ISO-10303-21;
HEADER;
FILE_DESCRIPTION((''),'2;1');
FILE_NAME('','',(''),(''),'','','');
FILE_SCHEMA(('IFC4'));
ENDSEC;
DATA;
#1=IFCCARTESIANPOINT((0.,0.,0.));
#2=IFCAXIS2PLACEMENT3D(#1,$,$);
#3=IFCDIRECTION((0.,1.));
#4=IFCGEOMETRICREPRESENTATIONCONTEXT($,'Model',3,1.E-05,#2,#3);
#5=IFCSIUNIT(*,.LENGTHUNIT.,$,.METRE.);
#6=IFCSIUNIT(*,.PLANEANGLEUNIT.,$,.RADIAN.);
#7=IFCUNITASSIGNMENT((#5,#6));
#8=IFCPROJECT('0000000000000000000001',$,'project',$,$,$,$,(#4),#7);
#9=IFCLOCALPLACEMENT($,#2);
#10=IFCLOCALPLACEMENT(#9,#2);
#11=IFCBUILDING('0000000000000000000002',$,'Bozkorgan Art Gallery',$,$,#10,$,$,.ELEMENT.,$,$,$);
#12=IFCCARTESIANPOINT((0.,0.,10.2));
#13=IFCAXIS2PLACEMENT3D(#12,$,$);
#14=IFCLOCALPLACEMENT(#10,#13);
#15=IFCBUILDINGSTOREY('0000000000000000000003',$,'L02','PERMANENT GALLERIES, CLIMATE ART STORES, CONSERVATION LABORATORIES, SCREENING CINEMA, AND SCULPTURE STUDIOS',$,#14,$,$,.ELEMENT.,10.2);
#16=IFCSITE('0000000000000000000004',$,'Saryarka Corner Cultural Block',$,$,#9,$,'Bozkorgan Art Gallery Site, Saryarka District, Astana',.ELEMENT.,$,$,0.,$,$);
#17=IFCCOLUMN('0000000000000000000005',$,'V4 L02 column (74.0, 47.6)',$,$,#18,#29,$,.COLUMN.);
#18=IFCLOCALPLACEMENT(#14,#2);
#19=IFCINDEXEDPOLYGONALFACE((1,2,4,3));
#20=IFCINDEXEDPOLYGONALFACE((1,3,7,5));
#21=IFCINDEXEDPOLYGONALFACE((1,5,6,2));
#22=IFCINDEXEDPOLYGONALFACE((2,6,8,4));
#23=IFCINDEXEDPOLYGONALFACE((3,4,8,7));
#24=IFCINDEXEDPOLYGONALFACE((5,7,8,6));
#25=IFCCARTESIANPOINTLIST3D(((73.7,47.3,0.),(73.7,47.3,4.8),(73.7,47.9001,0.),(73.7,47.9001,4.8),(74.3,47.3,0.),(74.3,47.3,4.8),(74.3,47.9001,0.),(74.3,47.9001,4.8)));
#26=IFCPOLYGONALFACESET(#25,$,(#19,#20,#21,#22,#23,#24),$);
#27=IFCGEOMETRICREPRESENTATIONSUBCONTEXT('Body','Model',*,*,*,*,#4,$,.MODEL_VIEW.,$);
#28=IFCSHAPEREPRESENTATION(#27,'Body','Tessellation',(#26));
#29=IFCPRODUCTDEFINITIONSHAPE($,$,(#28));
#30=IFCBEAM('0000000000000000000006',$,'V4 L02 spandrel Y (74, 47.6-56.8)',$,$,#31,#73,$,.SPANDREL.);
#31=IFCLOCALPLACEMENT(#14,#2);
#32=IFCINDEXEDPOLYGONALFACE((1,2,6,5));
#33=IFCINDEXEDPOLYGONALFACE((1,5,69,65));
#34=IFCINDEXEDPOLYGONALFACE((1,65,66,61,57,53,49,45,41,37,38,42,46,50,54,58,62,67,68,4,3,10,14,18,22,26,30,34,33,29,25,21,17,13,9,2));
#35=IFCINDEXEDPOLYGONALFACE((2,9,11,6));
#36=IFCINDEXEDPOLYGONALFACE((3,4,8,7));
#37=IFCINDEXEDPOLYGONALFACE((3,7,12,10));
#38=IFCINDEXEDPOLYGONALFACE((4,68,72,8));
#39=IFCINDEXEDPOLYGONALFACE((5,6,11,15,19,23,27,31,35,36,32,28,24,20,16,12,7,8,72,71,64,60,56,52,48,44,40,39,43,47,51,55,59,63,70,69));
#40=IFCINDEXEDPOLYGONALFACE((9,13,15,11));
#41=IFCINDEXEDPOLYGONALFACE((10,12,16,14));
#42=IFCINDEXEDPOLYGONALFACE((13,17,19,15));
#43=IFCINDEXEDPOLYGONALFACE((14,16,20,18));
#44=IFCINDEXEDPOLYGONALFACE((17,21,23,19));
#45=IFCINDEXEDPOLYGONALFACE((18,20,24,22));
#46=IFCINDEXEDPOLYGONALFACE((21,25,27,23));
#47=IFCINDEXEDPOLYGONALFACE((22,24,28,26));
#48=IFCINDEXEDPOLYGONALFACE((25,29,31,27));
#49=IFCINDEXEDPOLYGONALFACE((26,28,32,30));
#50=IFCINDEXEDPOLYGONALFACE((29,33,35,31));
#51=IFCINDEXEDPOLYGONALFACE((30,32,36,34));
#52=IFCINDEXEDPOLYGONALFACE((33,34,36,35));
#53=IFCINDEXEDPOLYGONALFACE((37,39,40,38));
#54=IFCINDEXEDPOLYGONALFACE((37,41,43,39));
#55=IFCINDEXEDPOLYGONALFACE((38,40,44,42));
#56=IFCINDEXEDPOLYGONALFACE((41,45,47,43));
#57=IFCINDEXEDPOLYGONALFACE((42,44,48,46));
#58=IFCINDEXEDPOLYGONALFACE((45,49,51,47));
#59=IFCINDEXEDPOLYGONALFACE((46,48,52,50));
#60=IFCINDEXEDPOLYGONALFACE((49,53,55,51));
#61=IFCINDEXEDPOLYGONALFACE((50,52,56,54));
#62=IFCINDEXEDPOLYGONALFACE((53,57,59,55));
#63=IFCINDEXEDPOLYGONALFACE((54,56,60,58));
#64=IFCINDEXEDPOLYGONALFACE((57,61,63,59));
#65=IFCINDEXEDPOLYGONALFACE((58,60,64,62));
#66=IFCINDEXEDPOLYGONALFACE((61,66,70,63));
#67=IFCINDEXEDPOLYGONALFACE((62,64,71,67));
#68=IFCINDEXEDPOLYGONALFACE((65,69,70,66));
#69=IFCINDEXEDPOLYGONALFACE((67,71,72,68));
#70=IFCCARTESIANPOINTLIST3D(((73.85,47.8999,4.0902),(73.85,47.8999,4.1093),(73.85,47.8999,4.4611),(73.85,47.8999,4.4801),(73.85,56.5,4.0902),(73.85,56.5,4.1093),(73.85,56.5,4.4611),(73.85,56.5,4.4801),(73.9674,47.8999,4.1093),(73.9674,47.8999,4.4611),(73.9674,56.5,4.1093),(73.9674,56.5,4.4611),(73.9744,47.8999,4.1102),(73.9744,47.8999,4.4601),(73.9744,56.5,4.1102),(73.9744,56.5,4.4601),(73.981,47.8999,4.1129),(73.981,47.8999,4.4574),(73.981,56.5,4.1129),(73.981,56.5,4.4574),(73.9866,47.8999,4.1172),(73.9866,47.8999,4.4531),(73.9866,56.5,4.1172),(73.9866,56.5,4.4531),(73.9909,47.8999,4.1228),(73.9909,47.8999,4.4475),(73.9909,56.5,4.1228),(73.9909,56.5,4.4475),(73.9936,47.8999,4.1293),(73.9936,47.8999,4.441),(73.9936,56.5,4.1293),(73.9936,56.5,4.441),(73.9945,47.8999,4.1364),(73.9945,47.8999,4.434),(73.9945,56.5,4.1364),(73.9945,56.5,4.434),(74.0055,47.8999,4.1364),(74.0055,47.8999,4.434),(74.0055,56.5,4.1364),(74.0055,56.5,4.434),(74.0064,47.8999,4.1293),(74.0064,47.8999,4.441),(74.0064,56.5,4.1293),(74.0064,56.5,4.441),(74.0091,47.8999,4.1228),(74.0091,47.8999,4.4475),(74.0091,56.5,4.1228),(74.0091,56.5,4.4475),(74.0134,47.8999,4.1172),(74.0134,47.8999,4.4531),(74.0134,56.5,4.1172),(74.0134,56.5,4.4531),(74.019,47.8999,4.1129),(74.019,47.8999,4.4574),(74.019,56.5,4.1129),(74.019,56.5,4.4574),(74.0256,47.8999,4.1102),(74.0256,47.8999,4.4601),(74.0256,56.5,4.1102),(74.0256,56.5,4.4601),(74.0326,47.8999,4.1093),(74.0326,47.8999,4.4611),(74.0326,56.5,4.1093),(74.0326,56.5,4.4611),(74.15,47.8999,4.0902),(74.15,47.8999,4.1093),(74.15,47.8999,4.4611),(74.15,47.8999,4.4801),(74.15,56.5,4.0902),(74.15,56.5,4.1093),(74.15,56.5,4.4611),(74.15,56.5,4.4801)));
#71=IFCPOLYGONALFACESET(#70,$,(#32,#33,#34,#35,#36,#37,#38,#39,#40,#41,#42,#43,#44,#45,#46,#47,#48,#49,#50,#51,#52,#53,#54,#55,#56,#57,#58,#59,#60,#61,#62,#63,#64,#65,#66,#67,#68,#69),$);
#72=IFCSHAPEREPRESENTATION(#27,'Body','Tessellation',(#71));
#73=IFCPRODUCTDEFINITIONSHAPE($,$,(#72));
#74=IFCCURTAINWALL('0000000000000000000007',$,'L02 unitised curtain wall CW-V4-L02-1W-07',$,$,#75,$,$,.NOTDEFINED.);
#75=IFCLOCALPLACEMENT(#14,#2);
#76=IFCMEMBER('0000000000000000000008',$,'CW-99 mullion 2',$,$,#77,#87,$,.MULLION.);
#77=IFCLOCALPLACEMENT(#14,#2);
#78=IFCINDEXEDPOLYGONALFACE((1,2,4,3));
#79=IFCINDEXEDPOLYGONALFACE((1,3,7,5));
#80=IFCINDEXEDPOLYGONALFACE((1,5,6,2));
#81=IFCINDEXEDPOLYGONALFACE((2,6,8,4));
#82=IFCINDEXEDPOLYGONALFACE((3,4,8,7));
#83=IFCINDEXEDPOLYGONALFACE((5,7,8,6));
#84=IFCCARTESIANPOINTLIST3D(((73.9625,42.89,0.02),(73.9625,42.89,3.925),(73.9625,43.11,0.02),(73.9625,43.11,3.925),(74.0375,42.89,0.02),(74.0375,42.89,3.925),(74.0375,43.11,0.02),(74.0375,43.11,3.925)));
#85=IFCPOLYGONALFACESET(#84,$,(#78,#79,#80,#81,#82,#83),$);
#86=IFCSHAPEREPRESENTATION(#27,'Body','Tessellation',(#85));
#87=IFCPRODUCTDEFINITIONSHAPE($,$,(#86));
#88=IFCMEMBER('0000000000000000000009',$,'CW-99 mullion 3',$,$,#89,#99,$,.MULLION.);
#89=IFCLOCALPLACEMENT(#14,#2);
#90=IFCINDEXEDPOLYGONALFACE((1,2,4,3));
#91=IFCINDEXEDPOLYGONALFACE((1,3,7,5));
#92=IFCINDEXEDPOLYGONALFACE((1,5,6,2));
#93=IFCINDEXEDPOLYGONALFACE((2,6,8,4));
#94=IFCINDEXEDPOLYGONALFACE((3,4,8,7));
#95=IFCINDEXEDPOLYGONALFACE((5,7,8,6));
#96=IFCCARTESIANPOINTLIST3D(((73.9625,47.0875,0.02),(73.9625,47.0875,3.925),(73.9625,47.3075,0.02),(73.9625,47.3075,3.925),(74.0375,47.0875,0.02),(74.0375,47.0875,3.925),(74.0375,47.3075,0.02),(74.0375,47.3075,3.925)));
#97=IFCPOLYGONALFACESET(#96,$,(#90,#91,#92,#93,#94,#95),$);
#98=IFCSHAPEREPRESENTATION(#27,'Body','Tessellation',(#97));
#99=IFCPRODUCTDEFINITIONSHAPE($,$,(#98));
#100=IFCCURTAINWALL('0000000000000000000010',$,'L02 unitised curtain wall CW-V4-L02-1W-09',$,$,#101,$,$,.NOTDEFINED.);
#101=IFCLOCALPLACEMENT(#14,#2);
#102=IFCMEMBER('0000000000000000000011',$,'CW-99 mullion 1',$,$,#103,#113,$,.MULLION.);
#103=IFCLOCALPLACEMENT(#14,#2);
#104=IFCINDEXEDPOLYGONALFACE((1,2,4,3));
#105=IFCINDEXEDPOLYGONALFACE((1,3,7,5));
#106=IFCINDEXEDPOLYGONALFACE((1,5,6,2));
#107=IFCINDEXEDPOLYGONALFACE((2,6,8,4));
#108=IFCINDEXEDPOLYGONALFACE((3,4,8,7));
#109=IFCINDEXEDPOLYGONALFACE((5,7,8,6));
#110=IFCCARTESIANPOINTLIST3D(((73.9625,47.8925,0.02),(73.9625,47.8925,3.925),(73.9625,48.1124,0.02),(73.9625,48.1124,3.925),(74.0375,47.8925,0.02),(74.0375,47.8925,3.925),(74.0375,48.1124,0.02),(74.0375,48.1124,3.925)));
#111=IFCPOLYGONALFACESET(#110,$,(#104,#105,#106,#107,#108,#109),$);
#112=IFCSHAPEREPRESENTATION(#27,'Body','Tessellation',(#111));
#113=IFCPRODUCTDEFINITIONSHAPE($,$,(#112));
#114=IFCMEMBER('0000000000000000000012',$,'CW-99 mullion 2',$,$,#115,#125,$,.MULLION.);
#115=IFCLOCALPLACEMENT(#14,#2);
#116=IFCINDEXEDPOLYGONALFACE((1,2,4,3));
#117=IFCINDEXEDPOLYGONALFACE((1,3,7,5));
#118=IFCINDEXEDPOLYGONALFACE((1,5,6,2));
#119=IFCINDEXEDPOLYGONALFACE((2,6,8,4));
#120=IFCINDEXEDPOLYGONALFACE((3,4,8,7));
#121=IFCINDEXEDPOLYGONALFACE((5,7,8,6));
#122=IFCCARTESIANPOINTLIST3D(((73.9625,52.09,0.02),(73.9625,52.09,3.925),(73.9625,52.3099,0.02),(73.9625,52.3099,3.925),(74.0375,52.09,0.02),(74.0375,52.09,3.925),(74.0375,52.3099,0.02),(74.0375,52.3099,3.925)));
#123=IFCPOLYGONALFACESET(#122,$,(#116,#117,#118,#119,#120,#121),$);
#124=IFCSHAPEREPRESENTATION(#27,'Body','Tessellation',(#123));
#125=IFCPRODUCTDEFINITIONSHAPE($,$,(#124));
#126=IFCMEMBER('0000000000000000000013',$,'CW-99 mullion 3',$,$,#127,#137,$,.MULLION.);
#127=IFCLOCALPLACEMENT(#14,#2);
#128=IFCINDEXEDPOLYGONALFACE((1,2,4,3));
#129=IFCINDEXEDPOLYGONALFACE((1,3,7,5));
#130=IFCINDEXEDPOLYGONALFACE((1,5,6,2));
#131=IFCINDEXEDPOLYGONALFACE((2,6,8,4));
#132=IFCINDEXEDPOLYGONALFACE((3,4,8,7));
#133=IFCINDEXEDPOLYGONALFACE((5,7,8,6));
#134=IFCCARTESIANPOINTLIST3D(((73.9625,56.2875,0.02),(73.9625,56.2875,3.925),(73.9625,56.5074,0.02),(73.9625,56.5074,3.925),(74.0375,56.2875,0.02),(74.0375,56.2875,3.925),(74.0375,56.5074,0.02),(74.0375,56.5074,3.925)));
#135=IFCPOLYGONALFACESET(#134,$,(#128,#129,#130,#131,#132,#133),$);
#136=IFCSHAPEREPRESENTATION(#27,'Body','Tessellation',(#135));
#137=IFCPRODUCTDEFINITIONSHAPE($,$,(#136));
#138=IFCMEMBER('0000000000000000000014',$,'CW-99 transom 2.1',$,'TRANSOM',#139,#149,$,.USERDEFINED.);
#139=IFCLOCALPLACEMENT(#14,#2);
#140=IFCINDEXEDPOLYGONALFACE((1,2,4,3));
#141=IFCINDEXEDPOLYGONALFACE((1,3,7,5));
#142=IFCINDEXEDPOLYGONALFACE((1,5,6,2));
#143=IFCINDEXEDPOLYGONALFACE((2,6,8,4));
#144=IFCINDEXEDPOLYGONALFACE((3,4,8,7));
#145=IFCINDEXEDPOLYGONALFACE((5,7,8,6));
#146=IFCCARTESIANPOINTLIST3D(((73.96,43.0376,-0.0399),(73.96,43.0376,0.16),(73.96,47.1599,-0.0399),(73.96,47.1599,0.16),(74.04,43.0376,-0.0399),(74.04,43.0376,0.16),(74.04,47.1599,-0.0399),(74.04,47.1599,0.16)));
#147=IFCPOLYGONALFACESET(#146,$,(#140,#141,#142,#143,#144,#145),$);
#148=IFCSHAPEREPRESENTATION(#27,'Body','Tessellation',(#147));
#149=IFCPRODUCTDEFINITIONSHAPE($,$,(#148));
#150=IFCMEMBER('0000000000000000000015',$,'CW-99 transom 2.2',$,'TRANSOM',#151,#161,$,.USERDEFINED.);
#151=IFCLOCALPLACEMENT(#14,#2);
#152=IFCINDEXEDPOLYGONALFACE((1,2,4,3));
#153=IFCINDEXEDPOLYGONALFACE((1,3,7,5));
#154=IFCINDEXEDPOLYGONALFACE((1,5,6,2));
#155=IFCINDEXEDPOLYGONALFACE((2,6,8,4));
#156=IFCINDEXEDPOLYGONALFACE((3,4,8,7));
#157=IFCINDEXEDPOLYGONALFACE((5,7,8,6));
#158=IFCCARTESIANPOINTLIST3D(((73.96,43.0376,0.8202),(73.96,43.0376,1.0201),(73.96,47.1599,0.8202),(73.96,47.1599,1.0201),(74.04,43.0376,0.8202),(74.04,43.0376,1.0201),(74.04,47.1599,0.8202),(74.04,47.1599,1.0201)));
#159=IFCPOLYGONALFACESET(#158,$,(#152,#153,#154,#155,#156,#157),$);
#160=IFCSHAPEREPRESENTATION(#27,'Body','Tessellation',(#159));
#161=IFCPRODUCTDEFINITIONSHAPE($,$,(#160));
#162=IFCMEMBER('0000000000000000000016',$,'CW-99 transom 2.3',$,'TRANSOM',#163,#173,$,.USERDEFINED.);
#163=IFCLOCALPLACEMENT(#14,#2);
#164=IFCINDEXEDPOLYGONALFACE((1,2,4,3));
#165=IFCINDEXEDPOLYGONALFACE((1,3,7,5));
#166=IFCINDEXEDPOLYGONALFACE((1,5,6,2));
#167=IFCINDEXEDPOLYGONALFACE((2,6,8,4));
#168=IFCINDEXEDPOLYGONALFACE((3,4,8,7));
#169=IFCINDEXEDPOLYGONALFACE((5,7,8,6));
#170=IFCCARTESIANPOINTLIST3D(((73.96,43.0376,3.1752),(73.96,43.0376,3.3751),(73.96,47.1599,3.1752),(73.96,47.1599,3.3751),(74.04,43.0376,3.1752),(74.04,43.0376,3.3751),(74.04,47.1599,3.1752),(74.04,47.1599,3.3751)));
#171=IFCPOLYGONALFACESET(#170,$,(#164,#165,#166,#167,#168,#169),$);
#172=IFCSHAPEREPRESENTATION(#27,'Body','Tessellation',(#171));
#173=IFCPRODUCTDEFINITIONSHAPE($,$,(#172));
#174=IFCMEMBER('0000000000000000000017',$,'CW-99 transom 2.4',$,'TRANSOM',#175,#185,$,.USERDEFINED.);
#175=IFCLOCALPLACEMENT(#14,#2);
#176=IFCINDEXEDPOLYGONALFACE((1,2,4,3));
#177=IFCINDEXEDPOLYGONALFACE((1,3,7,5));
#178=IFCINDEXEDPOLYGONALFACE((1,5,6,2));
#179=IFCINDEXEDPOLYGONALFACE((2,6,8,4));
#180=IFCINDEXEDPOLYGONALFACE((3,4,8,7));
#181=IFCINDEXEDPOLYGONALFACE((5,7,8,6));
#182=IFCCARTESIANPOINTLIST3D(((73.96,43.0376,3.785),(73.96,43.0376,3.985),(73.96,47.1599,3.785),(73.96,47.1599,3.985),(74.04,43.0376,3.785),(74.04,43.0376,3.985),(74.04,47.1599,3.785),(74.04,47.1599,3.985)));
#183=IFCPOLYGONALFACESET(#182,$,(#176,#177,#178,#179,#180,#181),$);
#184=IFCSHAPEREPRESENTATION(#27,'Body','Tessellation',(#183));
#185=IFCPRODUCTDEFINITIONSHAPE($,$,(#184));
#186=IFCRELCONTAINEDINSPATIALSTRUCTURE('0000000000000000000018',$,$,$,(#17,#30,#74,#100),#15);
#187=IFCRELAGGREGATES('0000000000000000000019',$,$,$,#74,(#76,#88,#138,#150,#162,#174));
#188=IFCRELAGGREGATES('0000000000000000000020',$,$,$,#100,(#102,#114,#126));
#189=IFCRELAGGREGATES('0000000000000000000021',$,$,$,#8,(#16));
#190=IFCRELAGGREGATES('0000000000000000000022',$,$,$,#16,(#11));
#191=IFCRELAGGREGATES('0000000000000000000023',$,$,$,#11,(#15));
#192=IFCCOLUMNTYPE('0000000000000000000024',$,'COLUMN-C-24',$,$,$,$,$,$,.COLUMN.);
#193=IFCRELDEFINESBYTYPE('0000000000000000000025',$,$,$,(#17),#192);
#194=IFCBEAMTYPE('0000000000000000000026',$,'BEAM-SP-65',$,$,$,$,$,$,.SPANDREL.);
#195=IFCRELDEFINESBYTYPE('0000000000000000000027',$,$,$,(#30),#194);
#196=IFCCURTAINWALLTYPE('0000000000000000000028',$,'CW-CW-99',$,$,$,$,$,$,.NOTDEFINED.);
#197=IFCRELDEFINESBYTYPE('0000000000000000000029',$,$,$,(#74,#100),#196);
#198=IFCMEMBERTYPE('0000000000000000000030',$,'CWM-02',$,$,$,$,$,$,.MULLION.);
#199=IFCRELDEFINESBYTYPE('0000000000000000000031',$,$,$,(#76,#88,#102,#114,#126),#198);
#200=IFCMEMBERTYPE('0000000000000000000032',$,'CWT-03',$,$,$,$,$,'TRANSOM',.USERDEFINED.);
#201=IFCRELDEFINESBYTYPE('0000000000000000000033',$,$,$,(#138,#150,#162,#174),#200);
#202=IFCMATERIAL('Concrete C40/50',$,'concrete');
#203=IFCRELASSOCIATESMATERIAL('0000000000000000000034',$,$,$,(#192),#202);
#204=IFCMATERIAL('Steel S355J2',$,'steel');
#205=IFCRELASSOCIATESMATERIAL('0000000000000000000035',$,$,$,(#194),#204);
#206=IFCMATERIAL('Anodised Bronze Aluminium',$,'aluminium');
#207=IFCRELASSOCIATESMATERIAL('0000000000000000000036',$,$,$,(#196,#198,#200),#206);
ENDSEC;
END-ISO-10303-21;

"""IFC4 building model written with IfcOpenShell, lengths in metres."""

from ifc_helpers import new_model, si_unit, direction, frame, origin, origin_2d, place, context, subcontext, project, spatial, rectangle, i_section, extrude, material, material_profile, profile_set, type_object, element, aggregate, save


model = new_model("IFC4")

# Units and contexts
model_context = context("Model", 3, precision=1e-05, world=origin(), true_north=direction((0.0, 1.0)))
body_context = subcontext(model_context, "Body", "Model", "MODEL_VIEW")
ifc_project = project(units=[si_unit("LENGTHUNIT", "METRE"), si_unit("PLANEANGLEUNIT", "RADIAN")], contexts=[model_context])

# Site, building, storey
site_placement = place(None, origin())
site = spatial("IfcSite", under=ifc_project, at=site_placement, Name="Saryarka Corner Cultural Block", LongName="Bozkorgan Art Gallery Site, Saryarka District, Astana", CompositionType="ELEMENT", RefElevation=0.0)
building_placement = place(site_placement, origin())
building = spatial("IfcBuilding", under=site, at=building_placement, Name="Bozkorgan Art Gallery", CompositionType="ELEMENT")
storey_placement = place(building_placement, frame((0.0, 0.0, 10.2)))
storey = spatial("IfcBuildingStorey", under=building, at=storey_placement, Name="L02", Description="PERMANENT GALLERIES, CLIMATE ART STORES, CONSERVATION LABORATORIES, SCREENING CINEMA, AND SCULPTURE STUDIOS", CompositionType="ELEMENT", Elevation=10.2)

# Column
ifc_material_1 = material(Name="Concrete C40/50", Category="concrete")
ifc_material_profile_1 = material_profile(ifc_material_1, rectangle(XDim=0.6001, YDim=0.6001, at=origin_2d()), Name="RC 600x600")
ifc_profile_set_1 = profile_set([ifc_material_profile_1], Name="Concrete C40/50")
column_type = type_object("IfcColumnType", Name="COLUMN-C-24", PredefinedType="COLUMN", material=ifc_profile_set_1)
column_placement = place(storey_placement, frame((74.0, 47.6001, 0.0), z_axis=(0.0, 0.0, 1.0), x_axis=(1.0, 0.0, 0.0)))
element("IfcColumn", 1, at=column_placement, inside=storey, type_object=column_type, Name="V4 L02 column (74.0, 47.6)", PredefinedType="COLUMN", context=body_context, shape_type="SweptSolid", body=[
    extrude(rectangle(XDim=0.6001, YDim=0.6001, at=origin_2d()), origin(), (0.0, 0.0, 1.0), 4.8),
])

# Beam
ifc_material_2 = material(Name="Steel S355J2", Category="steel")
ifc_material_profile_2 = material_profile(ifc_material_2, i_section(OverallWidth=0.3, OverallDepth=0.3899, WebThickness=0.011, FlangeThickness=0.019, FilletRadius=0.0271, at=origin_2d()), Name="HEA 400")
ifc_profile_set_2 = profile_set([ifc_material_profile_2], Name="Steel S355J2")
beam_type = type_object("IfcBeamType", Name="BEAM-SP-65", PredefinedType="SPANDREL", material=ifc_profile_set_2)
beam_placement = place(storey_placement, frame((74.0, 47.8999, 4.2852), z_axis=(0.0, 1.0, 0.0), x_axis=(-1.0, 0.0, 0.0)))
element("IfcBeam", 2, at=beam_placement, inside=storey, type_object=beam_type, Name="V4 L02 spandrel Y (74, 47.6-56.8)", PredefinedType="SPANDREL", context=body_context, shape_type="SweptSolid", body=[
    extrude(i_section(OverallWidth=0.3, OverallDepth=0.3899, WebThickness=0.011, FlangeThickness=0.019, FilletRadius=0.0271, at=origin_2d()), origin(), (0.0, 0.0, 1.0), 8.6001),
])

# Curtain walls, members
ifc_material_3 = material(Name="Anodised Bronze Aluminium", Category="aluminium")
curtain_wall_type = type_object("IfcCurtainWallType", Name="CW-CW-99", PredefinedType="NOTDEFINED", material=ifc_material_3)
curtain_wall_1_placement = place(storey_placement, origin())
curtain_wall_1 = element("IfcCurtainWall", 3, at=curtain_wall_1_placement, inside=storey, type_object=curtain_wall_type, Name="L02 unitised curtain wall CW-V4-L02-1W-07", PredefinedType="NOTDEFINED")
ifc_material_profile_3 = material_profile(ifc_material_3, rectangle(XDim=0.075, YDim=0.22, at=origin_2d()), Name="ALU MULLION 75x220")
ifc_profile_set_3 = profile_set([ifc_material_profile_3], Name="Anodised Bronze Aluminium")
member_type_1 = type_object("IfcMemberType", Name="CWM-02", PredefinedType="MULLION", material=ifc_profile_set_3)
member_1_placement = place(storey_placement, frame((74.0, 43.0, 0.02), z_axis=(0.0, 0.0, 1.0), x_axis=(-1.0, 0.0, 0.0)))
member_1 = element("IfcMember", 4, at=member_1_placement, type_object=member_type_1, Name="CW-99 mullion 2", PredefinedType="MULLION", context=body_context, shape_type="SweptSolid", body=[
    extrude(rectangle(XDim=0.075, YDim=0.22, at=origin_2d()), origin(), (0.0, 0.0, 1.0), 3.905),
])
member_2_placement = place(storey_placement, frame((74.0, 47.1975, 0.02), z_axis=(0.0, 0.0, 1.0), x_axis=(-1.0, 0.0, 0.0)))
member_2 = element("IfcMember", 5, at=member_2_placement, type_object=member_type_1, Name="CW-99 mullion 3", PredefinedType="MULLION", context=body_context, shape_type="SweptSolid", body=[
    extrude(rectangle(XDim=0.075, YDim=0.22, at=origin_2d()), origin(), (0.0, 0.0, 1.0), 3.905),
])
curtain_wall_2_placement = place(storey_placement, origin())
curtain_wall_2 = element("IfcCurtainWall", 6, at=curtain_wall_2_placement, inside=storey, type_object=curtain_wall_type, Name="L02 unitised curtain wall CW-V4-L02-1W-09", PredefinedType="NOTDEFINED")
member_3_placement = place(storey_placement, frame((74.0, 48.0024, 0.02), z_axis=(0.0, 0.0, 1.0), x_axis=(-1.0, 0.0, 0.0)))
member_3 = element("IfcMember", 7, at=member_3_placement, type_object=member_type_1, Name="CW-99 mullion 1", PredefinedType="MULLION", context=body_context, shape_type="SweptSolid", body=[
    extrude(rectangle(XDim=0.075, YDim=0.22, at=origin_2d()), origin(), (0.0, 0.0, 1.0), 3.905),
])
member_4_placement = place(storey_placement, frame((74.0, 52.2, 0.02), z_axis=(0.0, 0.0, 1.0), x_axis=(-1.0, 0.0, 0.0)))
member_4 = element("IfcMember", 8, at=member_4_placement, type_object=member_type_1, Name="CW-99 mullion 2", PredefinedType="MULLION", context=body_context, shape_type="SweptSolid", body=[
    extrude(rectangle(XDim=0.075, YDim=0.22, at=origin_2d()), origin(), (0.0, 0.0, 1.0), 3.905),
])
member_5_placement = place(storey_placement, frame((74.0, 56.3975, 0.02), z_axis=(0.0, 0.0, 1.0), x_axis=(-1.0, 0.0, 0.0)))
member_5 = element("IfcMember", 9, at=member_5_placement, type_object=member_type_1, Name="CW-99 mullion 3", PredefinedType="MULLION", context=body_context, shape_type="SweptSolid", body=[
    extrude(rectangle(XDim=0.075, YDim=0.22, at=origin_2d()), origin(), (0.0, 0.0, 1.0), 3.905),
])

# Members
ifc_material_profile_4 = material_profile(ifc_material_3, rectangle(XDim=0.0801, YDim=0.2, at=origin_2d()), Name="ALU TRANSOM 80x200")
ifc_profile_set_4 = profile_set([ifc_material_profile_4], Name="Anodised Bronze Aluminium")
member_type_2 = type_object("IfcMemberType", Name="CWT-03", ElementType="TRANSOM", PredefinedType="USERDEFINED", material=ifc_profile_set_4)
member_6_placement = place(storey_placement, frame((74.0, 43.0376, 0.0601), z_axis=(0.0, 1.0, 0.0), x_axis=(-1.0, 0.0, 0.0)))
member_6 = element("IfcMember", 10, at=member_6_placement, type_object=member_type_2, Name="CW-99 transom 2.1", ObjectType="TRANSOM", PredefinedType="USERDEFINED", context=body_context, shape_type="SweptSolid", body=[
    extrude(rectangle(XDim=0.0801, YDim=0.2, at=origin_2d()), origin(), (0.0, 0.0, 1.0), 4.1223),
])
member_7_placement = place(storey_placement, frame((74.0, 43.0376, 0.9202), z_axis=(0.0, 1.0, 0.0), x_axis=(-1.0, 0.0, 0.0)))
member_7 = element("IfcMember", 11, at=member_7_placement, type_object=member_type_2, Name="CW-99 transom 2.2", ObjectType="TRANSOM", PredefinedType="USERDEFINED", context=body_context, shape_type="SweptSolid", body=[
    extrude(rectangle(XDim=0.0801, YDim=0.2, at=origin_2d()), origin(), (0.0, 0.0, 1.0), 4.1223),
])
member_8_placement = place(storey_placement, frame((74.0, 43.0376, 3.2751), z_axis=(0.0, 1.0, 0.0), x_axis=(-1.0, 0.0, 0.0)))
member_8 = element("IfcMember", 12, at=member_8_placement, type_object=member_type_2, Name="CW-99 transom 2.3", ObjectType="TRANSOM", PredefinedType="USERDEFINED", context=body_context, shape_type="SweptSolid", body=[
    extrude(rectangle(XDim=0.0801, YDim=0.2, at=origin_2d()), origin(), (0.0, 0.0, 1.0), 4.1223),
])
member_9_placement = place(storey_placement, frame((74.0, 43.0376, 3.885), z_axis=(0.0, 1.0, 0.0), x_axis=(-1.0, 0.0, 0.0)))
member_9 = element("IfcMember", 13, at=member_9_placement, type_object=member_type_2, Name="CW-99 transom 2.4", ObjectType="TRANSOM", PredefinedType="USERDEFINED", context=body_context, shape_type="SweptSolid", body=[
    extrude(rectangle(XDim=0.0801, YDim=0.2, at=origin_2d()), origin(), (0.0, 0.0, 1.0), 4.1223),
])

aggregate(curtain_wall_1, [member_1, member_2, member_6, member_7, member_8, member_9])
aggregate(curtain_wall_2, [member_3, member_4, member_5])

save(model, "model.ifc")
